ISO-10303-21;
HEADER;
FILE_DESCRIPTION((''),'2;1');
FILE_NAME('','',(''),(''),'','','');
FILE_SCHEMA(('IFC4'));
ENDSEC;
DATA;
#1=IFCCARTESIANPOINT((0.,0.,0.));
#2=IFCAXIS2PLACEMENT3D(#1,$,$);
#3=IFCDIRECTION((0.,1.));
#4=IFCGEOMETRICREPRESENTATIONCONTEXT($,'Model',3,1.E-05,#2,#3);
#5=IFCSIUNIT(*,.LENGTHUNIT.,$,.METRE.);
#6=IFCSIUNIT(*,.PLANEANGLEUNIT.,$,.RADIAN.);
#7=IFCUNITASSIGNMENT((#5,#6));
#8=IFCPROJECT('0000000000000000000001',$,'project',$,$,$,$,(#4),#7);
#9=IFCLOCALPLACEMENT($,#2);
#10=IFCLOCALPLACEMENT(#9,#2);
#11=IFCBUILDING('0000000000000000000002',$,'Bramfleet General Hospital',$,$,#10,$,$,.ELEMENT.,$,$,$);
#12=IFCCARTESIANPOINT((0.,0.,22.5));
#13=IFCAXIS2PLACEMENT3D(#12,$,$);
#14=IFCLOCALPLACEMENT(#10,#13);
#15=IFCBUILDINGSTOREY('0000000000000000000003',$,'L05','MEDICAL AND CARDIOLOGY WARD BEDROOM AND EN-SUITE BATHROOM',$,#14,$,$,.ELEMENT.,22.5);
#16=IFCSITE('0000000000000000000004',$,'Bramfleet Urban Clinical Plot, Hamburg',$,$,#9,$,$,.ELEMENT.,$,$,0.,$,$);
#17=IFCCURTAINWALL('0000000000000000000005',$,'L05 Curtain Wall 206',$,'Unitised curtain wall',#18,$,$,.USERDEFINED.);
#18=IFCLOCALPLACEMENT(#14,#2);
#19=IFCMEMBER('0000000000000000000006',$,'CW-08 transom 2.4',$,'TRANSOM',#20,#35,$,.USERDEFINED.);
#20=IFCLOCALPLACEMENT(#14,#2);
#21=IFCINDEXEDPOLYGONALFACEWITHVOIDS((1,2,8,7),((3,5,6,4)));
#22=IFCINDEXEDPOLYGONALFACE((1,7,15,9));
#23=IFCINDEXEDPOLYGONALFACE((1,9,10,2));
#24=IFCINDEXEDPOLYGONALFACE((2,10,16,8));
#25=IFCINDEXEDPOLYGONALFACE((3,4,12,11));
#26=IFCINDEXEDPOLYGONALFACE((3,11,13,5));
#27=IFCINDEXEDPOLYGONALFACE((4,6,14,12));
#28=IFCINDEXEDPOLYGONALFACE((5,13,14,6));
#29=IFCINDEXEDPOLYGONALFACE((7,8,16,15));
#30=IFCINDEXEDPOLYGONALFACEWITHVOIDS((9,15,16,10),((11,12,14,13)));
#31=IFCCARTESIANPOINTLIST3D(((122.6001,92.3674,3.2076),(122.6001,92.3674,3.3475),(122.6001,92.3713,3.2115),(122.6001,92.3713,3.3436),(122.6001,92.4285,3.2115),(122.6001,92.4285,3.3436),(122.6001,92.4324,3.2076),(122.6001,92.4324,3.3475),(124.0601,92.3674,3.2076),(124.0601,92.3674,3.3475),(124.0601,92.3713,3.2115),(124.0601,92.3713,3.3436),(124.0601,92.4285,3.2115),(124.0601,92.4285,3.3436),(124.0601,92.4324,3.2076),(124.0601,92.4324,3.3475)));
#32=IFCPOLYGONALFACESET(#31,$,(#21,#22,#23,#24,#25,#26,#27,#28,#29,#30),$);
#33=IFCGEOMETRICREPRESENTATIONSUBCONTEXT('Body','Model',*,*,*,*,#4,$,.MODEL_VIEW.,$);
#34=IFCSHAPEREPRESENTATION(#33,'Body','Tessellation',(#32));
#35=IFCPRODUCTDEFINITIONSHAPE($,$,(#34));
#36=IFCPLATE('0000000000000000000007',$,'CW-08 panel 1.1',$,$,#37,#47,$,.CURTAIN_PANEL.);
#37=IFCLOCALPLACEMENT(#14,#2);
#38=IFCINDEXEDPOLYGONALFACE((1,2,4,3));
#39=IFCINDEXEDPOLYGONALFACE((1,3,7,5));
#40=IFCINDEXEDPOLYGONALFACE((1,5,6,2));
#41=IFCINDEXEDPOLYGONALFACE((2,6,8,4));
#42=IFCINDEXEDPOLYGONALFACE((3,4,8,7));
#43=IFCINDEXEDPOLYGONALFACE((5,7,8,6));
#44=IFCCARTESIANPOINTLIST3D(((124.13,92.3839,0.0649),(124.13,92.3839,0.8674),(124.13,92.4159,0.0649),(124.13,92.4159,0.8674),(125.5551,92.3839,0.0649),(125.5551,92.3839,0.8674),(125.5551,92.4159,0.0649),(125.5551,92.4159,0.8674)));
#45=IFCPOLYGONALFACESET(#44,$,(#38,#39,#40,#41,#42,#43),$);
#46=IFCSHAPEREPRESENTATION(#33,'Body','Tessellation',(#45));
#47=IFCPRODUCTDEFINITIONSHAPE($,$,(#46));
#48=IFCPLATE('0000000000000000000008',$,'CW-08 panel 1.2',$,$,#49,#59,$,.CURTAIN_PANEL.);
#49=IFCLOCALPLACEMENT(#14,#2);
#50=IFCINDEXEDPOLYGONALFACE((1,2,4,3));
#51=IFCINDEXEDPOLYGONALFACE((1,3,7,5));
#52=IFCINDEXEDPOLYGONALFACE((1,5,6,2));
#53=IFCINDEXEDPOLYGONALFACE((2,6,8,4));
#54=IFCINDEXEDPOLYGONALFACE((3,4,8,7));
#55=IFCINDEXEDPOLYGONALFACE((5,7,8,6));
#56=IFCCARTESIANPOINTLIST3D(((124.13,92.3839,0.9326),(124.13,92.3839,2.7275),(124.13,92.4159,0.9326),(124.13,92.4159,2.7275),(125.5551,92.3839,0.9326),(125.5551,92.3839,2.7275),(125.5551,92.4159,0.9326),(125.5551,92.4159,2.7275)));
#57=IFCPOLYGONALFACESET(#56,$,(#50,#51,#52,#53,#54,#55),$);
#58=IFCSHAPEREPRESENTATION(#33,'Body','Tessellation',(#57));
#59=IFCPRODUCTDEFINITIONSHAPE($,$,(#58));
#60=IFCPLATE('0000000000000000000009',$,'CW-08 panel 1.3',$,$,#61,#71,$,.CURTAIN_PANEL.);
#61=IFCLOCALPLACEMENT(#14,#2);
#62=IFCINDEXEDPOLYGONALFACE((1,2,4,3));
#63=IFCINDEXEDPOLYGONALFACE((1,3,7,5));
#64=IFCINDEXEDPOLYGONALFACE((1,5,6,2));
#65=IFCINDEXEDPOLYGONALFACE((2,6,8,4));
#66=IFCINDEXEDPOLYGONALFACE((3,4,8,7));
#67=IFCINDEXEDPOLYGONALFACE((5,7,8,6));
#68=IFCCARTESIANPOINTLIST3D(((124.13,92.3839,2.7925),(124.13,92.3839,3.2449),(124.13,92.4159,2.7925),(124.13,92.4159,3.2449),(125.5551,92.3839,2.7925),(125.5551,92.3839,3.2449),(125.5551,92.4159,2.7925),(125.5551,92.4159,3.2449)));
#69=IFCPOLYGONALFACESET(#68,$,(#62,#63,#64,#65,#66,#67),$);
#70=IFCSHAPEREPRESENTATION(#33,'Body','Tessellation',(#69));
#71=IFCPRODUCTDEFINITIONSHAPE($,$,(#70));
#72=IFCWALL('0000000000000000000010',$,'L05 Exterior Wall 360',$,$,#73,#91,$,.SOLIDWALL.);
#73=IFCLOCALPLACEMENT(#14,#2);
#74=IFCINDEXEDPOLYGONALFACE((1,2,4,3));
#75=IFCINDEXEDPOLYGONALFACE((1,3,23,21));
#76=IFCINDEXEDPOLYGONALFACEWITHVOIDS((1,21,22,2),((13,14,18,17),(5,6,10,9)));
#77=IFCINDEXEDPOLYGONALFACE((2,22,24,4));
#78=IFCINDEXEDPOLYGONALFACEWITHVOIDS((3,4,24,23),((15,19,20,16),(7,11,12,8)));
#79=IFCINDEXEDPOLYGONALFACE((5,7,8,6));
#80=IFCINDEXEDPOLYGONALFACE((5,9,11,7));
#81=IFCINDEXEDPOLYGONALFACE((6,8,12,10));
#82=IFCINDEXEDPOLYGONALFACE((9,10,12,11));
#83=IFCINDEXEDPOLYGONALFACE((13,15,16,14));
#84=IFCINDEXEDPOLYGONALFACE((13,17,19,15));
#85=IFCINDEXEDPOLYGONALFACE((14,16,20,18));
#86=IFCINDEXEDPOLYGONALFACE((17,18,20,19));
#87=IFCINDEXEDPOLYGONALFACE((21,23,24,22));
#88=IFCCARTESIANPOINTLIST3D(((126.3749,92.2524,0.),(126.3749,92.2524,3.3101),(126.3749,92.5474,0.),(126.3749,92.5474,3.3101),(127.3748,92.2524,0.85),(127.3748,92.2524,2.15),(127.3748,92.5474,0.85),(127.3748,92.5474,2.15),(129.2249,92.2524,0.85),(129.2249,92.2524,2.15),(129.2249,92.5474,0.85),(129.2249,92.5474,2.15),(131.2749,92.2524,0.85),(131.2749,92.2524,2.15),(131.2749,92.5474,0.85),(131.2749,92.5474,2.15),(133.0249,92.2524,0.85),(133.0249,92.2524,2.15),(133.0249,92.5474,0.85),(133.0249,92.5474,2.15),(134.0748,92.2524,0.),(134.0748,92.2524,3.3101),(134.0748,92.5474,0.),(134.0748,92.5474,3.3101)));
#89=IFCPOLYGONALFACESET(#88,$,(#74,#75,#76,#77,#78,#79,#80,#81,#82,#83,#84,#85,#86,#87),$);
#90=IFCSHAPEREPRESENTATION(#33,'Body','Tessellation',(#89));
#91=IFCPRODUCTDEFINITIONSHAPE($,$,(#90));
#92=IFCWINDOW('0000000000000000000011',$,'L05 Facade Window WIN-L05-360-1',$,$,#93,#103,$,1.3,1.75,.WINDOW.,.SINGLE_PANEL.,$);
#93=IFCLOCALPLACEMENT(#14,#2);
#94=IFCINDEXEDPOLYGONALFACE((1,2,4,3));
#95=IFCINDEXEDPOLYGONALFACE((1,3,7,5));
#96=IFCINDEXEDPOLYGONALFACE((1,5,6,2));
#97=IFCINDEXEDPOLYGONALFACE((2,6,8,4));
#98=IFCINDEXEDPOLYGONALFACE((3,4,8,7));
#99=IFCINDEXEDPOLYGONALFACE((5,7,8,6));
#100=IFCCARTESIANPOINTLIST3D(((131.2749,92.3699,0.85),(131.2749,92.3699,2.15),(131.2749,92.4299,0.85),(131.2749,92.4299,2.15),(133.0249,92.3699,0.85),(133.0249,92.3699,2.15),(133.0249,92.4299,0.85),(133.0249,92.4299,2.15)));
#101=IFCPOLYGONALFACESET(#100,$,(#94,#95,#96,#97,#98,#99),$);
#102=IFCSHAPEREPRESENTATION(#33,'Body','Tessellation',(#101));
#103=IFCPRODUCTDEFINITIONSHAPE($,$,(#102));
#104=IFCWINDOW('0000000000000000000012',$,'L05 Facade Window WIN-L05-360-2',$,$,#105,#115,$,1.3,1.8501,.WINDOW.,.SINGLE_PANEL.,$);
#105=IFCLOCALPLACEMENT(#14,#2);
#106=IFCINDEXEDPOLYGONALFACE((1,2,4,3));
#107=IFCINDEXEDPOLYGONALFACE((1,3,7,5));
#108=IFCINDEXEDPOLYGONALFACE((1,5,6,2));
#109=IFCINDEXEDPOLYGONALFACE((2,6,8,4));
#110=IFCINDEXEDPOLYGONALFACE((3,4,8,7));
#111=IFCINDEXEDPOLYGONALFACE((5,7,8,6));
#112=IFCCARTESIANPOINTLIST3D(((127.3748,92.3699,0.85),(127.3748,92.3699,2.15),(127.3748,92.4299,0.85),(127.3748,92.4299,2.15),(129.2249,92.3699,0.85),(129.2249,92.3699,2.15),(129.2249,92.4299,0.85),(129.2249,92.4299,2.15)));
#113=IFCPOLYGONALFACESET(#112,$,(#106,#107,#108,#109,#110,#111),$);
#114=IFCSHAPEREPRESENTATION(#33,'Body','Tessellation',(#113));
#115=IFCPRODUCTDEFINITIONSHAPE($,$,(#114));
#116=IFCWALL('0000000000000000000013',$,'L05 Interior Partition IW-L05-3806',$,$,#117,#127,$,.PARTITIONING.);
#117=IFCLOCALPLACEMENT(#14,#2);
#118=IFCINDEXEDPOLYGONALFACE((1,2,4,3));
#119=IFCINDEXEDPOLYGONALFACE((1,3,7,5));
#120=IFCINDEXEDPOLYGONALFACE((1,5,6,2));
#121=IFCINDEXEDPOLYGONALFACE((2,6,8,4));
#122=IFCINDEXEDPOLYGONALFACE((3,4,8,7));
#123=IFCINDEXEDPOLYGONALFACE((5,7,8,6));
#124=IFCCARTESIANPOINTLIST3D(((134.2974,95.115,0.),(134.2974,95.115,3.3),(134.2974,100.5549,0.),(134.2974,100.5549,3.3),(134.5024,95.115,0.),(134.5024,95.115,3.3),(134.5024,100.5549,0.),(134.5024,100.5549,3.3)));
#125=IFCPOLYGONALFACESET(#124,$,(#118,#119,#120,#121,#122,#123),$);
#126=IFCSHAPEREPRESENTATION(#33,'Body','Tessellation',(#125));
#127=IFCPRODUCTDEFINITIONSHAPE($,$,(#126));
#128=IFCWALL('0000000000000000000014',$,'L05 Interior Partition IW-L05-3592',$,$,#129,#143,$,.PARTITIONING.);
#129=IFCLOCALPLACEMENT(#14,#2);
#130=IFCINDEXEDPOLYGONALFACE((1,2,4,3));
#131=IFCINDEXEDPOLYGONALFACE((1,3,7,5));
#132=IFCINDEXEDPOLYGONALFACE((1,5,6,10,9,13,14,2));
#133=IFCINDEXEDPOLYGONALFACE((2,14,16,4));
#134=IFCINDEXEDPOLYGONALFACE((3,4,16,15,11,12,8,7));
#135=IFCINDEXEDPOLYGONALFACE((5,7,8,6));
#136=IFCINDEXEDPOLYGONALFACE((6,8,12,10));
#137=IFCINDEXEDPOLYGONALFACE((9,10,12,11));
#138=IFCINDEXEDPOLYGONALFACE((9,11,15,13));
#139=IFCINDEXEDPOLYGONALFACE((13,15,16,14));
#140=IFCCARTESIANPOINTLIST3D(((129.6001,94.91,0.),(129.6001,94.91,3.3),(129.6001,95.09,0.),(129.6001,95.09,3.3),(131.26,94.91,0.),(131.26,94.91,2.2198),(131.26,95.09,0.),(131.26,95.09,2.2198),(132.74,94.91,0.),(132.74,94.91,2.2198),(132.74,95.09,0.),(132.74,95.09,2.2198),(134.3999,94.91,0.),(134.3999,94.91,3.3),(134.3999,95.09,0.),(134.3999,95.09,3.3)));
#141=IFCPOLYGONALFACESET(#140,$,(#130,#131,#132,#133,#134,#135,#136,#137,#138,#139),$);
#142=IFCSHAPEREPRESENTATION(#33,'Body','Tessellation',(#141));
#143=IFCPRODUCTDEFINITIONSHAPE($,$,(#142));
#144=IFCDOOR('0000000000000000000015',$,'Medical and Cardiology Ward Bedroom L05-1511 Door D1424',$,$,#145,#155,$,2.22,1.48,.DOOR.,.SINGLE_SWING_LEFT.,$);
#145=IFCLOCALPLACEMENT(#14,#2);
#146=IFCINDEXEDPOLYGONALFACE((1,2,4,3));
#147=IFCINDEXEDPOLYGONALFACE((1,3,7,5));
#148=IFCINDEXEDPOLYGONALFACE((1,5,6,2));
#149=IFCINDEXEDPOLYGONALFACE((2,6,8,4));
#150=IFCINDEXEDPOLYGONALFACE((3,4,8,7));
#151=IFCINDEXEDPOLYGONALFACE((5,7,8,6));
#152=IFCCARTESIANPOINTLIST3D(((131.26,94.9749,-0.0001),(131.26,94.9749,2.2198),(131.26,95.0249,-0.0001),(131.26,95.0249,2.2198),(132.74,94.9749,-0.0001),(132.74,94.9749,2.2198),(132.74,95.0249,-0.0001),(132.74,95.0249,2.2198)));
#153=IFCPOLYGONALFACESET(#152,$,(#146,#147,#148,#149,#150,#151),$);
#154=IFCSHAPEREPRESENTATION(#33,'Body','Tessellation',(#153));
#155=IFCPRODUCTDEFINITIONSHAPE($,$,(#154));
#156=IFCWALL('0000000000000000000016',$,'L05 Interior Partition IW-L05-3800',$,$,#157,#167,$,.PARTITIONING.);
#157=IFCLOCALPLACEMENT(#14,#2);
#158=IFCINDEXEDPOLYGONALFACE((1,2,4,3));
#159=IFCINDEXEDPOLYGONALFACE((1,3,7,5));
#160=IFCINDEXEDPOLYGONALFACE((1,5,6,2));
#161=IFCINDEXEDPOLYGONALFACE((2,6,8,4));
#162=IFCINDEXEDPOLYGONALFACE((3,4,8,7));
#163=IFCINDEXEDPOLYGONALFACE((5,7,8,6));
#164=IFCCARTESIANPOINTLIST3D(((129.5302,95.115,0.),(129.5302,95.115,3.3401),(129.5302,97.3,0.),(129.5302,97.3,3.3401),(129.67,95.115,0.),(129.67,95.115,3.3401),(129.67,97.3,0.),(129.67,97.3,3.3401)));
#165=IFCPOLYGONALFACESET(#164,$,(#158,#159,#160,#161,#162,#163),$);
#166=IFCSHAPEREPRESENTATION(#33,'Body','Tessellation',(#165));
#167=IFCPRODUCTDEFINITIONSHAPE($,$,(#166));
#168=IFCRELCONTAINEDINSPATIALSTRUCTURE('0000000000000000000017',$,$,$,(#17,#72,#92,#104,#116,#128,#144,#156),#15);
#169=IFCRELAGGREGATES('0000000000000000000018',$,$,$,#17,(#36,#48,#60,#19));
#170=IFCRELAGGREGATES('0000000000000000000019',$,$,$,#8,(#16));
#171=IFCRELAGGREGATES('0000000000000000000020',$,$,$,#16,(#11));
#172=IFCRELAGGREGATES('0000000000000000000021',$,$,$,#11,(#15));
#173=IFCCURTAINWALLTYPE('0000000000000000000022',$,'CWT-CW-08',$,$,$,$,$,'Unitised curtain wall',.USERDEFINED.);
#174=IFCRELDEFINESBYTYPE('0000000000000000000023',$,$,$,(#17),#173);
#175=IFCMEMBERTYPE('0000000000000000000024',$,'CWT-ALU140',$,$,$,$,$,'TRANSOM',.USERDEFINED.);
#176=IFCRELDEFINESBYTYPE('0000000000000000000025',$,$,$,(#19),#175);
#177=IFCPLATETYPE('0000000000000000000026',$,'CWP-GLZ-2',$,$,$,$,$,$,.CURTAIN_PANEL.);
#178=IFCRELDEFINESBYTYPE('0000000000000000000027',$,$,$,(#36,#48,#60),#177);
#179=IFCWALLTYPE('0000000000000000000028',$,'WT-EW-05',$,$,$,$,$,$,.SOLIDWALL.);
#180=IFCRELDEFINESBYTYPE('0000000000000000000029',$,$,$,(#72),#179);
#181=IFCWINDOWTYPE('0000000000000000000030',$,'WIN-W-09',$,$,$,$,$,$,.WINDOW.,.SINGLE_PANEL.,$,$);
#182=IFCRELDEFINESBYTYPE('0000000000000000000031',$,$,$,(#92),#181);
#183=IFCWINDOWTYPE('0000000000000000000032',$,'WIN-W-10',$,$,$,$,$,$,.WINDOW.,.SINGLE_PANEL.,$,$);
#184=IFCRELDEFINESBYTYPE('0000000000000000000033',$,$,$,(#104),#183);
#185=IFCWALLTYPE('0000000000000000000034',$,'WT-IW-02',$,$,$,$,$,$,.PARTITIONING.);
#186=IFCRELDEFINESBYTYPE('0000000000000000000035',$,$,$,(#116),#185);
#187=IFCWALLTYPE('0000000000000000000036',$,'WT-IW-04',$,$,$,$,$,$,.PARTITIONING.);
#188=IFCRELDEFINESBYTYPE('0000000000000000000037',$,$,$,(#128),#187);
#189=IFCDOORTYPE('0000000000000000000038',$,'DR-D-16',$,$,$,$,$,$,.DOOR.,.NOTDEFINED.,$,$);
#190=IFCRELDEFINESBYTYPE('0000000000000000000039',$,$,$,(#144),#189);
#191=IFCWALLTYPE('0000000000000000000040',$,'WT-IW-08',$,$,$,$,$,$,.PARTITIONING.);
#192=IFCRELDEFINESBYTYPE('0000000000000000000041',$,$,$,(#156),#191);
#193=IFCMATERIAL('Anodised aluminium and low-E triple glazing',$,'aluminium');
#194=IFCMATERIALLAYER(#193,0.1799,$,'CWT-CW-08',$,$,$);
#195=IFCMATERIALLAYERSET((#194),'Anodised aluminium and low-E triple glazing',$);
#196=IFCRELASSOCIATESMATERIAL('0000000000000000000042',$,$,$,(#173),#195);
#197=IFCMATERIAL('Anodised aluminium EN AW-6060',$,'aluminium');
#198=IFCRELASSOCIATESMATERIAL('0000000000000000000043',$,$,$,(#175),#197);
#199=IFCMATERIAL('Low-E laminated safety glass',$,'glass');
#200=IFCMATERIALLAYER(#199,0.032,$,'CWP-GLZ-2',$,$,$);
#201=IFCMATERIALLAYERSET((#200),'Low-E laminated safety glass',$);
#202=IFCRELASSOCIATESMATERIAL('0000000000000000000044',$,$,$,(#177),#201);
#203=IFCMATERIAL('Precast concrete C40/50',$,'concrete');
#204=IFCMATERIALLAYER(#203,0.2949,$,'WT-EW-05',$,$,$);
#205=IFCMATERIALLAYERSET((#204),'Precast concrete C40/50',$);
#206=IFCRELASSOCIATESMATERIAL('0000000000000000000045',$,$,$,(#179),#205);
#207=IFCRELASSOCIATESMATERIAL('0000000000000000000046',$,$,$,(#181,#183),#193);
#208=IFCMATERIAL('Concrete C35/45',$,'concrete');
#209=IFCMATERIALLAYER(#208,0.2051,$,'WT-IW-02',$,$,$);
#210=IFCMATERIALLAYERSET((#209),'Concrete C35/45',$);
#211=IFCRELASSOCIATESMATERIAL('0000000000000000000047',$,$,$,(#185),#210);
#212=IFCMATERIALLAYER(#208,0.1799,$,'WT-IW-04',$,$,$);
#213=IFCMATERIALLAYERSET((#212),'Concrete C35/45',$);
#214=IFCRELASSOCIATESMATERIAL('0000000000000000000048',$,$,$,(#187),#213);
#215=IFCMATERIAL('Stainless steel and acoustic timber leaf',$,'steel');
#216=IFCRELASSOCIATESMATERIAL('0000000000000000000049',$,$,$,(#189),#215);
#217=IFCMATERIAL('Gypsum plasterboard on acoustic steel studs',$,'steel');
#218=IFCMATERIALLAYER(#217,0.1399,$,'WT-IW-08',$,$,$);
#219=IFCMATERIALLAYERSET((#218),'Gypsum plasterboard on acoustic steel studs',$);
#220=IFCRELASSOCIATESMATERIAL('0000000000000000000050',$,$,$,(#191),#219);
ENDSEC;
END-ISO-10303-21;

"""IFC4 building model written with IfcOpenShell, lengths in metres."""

from ifc_helpers import new_model, si_unit, direction, frame, frame_2d, origin, origin_2d, place, context, subcontext, project, spatial, rectangle, hollow_rectangle, extrude, material, layer, layer_set, material_profile, profile_set, type_object, element, fill, aggregate, save


model = new_model("IFC4")

# Units and contexts
model_context = context("Model", 3, precision=1e-05, world=origin(), true_north=direction((0.0, 1.0)))
body_context = subcontext(model_context, "Body", "Model", "MODEL_VIEW")
ifc_project = project(units=[si_unit("LENGTHUNIT", "METRE"), si_unit("PLANEANGLEUNIT", "RADIAN")], contexts=[model_context])

# Site, building, storey
site_placement = place(None, origin())
site = spatial("IfcSite", under=ifc_project, at=site_placement, Name="Bramfleet Urban Clinical Plot, Hamburg", CompositionType="ELEMENT", RefElevation=0.0)
building_placement = place(site_placement, origin())
building = spatial("IfcBuilding", under=site, at=building_placement, Name="Bramfleet General Hospital", CompositionType="ELEMENT")
storey_placement = place(building_placement, frame((0.0, 0.0, 22.5)))
storey = spatial("IfcBuildingStorey", under=building, at=storey_placement, Name="L05", Description="MEDICAL AND CARDIOLOGY WARD BEDROOM AND EN-SUITE BATHROOM", CompositionType="ELEMENT", Elevation=22.5)

# Curtain wall, member, plates
ifc_material_1 = material(Name="Anodised aluminium and low-E triple glazing", Category="aluminium")
ifc_layer_1 = layer(ifc_material_1, 0.1799, Name="CWT-CW-08")
ifc_layer_set_1 = layer_set([ifc_layer_1], Name="Anodised aluminium and low-E triple glazing")
curtain_wall_type = type_object("IfcCurtainWallType", Name="CWT-CW-08", ElementType="Unitised curtain wall", PredefinedType="USERDEFINED", material=ifc_layer_set_1)
curtain_wall_placement = place(storey_placement, origin())
curtain_wall = element("IfcCurtainWall", 1, at=curtain_wall_placement, inside=storey, type_object=curtain_wall_type, Name="L05 Curtain Wall 206", ObjectType="Unitised curtain wall", PredefinedType="USERDEFINED")
ifc_material_2 = material(Name="Anodised aluminium EN AW-6060", Category="aluminium")
ifc_material_profile_1 = material_profile(ifc_material_2, hollow_rectangle(XDim=0.0649, YDim=0.1399, WallThickness=0.0039, at=origin_2d()), Name="ALU 140x65x4.0")
ifc_profile_set_1 = profile_set([ifc_material_profile_1], Name="Anodised aluminium EN AW-6060")
member_type_1 = type_object("IfcMemberType", Name="CWT-ALU140", ElementType="TRANSOM", PredefinedType="USERDEFINED", material=ifc_profile_set_1)
member_1_placement = place(storey_placement, frame((124.0601, 92.3999, 3.2776), z_axis=(-1.0, 0.0, 0.0), x_axis=(0.0, -1.0, 0.0)))
member_1 = element("IfcMember", 2, at=member_1_placement, type_object=member_type_1, Name="CW-08 transom 2.4", ObjectType="TRANSOM", PredefinedType="USERDEFINED", context=body_context, shape_type="SweptSolid", body=[
    extrude(hollow_rectangle(XDim=0.0649, YDim=0.1399, WallThickness=0.0039, at=origin_2d()), origin(), (0.0, 0.0, 1.0), 1.46),
])
ifc_material_3 = material(Name="Low-E laminated safety glass", Category="glass")
ifc_layer_2 = layer(ifc_material_3, 0.032, Name="CWP-GLZ-2")
ifc_layer_set_2 = layer_set([ifc_layer_2], Name="Low-E laminated safety glass")
plate_type = type_object("IfcPlateType", Name="CWP-GLZ-2", PredefinedType="CURTAIN_PANEL", material=ifc_layer_set_2)
plate_1_placement = place(storey_placement, frame((124.8425, 92.3999, 0.0649), z_axis=(0.0, 0.0, 1.0), x_axis=(-1.0, 0.0, 0.0)))
plate_1 = element("IfcPlate", 3, at=plate_1_placement, type_object=plate_type, Name="CW-08 panel 1.1", PredefinedType="CURTAIN_PANEL", context=body_context, shape_type="SweptSolid", body=[
    extrude(rectangle(XDim=1.425, YDim=0.032, at=origin_2d()), origin(), (0.0, 0.0, 1.0), 0.8025),
])
plate_2_placement = place(storey_placement, frame((124.8425, 92.3999, 0.9326), z_axis=(0.0, 0.0, 1.0), x_axis=(-1.0, 0.0, 0.0)))
plate_2 = element("IfcPlate", 4, at=plate_2_placement, type_object=plate_type, Name="CW-08 panel 1.2", PredefinedType="CURTAIN_PANEL", context=body_context, shape_type="SweptSolid", body=[
    extrude(rectangle(XDim=1.425, YDim=0.032, at=origin_2d()), origin(), (0.0, 0.0, 1.0), 1.7949),
])
plate_3_placement = place(storey_placement, frame((124.8425, 92.3999, 2.7925), z_axis=(0.0, 0.0, 1.0), x_axis=(-1.0, 0.0, 0.0)))
plate_3 = element("IfcPlate", 5, at=plate_3_placement, type_object=plate_type, Name="CW-08 panel 1.3", PredefinedType="CURTAIN_PANEL", context=body_context, shape_type="SweptSolid", body=[
    extrude(rectangle(XDim=1.425, YDim=0.032, at=origin_2d()), origin(), (0.0, 0.0, 1.0), 0.4524),
])
aggregate(curtain_wall, [plate_1, plate_2, plate_3, member_1])

# Wall, openings, windows
ifc_material_4 = material(Name="Precast concrete C40/50", Category="concrete")
ifc_layer_3 = layer(ifc_material_4, 0.2949, Name="WT-EW-05")
ifc_layer_set_3 = layer_set([ifc_layer_3], Name="Precast concrete C40/50")
wall_type_1 = type_object("IfcWallType", Name="WT-EW-05", PredefinedType="SOLIDWALL", material=ifc_layer_set_3)
wall_1_placement = place(storey_placement, frame((134.075, 92.3999, 0.0), z_axis=(0.0, 0.0, 1.0), x_axis=(-1.0, 0.0, 0.0)))
wall_1 = element("IfcWall", 6, at=wall_1_placement, inside=storey, type_object=wall_type_1, Name="L05 Exterior Wall 360", PredefinedType="SOLIDWALL", context=body_context, shape_type="SweptSolid", body=[
    extrude(rectangle(XDim=7.7, YDim=0.2949, at=frame_2d((3.8501, 0.0))), origin(), (0.0, 0.0, 1.0), 3.3101),
])
opening_1_placement = place(wall_1_placement, frame((1.05, 0.0, 0.8501)))
opening_1 = element("IfcOpeningElement", 7, at=opening_1_placement, cuts=wall_1, PredefinedType="OPENING", context=body_context, shape_type="SweptSolid", body=[
    extrude(rectangle(XDim=1.75, YDim=1.3, at=frame_2d((0.875, 0.6499))), frame((0.0, 0.1575, 0.0), z_axis=(0.0, -1.0, 0.0), x_axis=(1.0, 0.0, 0.0)), (0.0, 0.0, 1.0), 0.3149),
])
opening_2_placement = place(wall_1_placement, frame((4.8501, 0.0, 0.8501)))
opening_2 = element("IfcOpeningElement", 8, at=opening_2_placement, cuts=wall_1, PredefinedType="OPENING", context=body_context, shape_type="SweptSolid", body=[
    extrude(rectangle(XDim=1.8501, YDim=1.3, at=frame_2d((0.925, 0.6499))), frame((0.0, 0.1575, 0.0), z_axis=(0.0, -1.0, 0.0), x_axis=(1.0, 0.0, 0.0)), (0.0, 0.0, 1.0), 0.3149),
])
window_type_1 = type_object("IfcWindowType", Name="WIN-W-09", PartitioningType="SINGLE_PANEL", PredefinedType="WINDOW", material=ifc_material_1)
window_1_placement = place(opening_1_placement, origin())
window_1 = element("IfcWindow", 9, at=window_1_placement, inside=storey, type_object=window_type_1, Name="L05 Facade Window WIN-L05-360-1", OverallHeight=1.3, OverallWidth=1.75, PartitioningType="SINGLE_PANEL", PredefinedType="WINDOW", context=body_context, shape_type="SweptSolid", body=[
    extrude(rectangle(XDim=1.75, YDim=1.3, at=frame_2d((0.875, 0.6499))), frame((0.0, 0.03, 0.0), z_axis=(0.0, -1.0, 0.0), x_axis=(1.0, 0.0, 0.0)), (0.0, 0.0, 1.0), 0.0601),
])
fill(opening_1, window_1)
window_type_2 = type_object("IfcWindowType", Name="WIN-W-10", PartitioningType="SINGLE_PANEL", PredefinedType="WINDOW", material=ifc_material_1)
window_2_placement = place(opening_2_placement, origin())
window_2 = element("IfcWindow", 10, at=window_2_placement, inside=storey, type_object=window_type_2, Name="L05 Facade Window WIN-L05-360-2", OverallHeight=1.3, OverallWidth=1.8501, PartitioningType="SINGLE_PANEL", PredefinedType="WINDOW", context=body_context, shape_type="SweptSolid", body=[
    extrude(rectangle(XDim=1.8501, YDim=1.3, at=frame_2d((0.925, 0.6499))), frame((0.0, 0.03, 0.0), z_axis=(0.0, -1.0, 0.0), x_axis=(1.0, 0.0, 0.0)), (0.0, 0.0, 1.0), 0.0601),
])
fill(opening_2, window_2)

# Wall
ifc_material_5 = material(Name="Concrete C35/45", Category="concrete")
ifc_layer_4 = layer(ifc_material_5, 0.2051, Name="WT-IW-02")
ifc_layer_set_4 = layer_set([ifc_layer_4], Name="Concrete C35/45")
wall_type_2 = type_object("IfcWallType", Name="WT-IW-02", PredefinedType="PARTITIONING", material=ifc_layer_set_4)
wall_2_placement = place(storey_placement, frame((134.3999, 95.115, 0.0), z_axis=(0.0, 0.0, 1.0), x_axis=(0.0, 1.0, 0.0)))
element("IfcWall", 11, at=wall_2_placement, inside=storey, type_object=wall_type_2, Name="L05 Interior Partition IW-L05-3806", PredefinedType="PARTITIONING", context=body_context, shape_type="SweptSolid", body=[
    extrude(rectangle(XDim=5.4399, YDim=0.2051, at=frame_2d((2.72, 0.0))), origin(), (0.0, 0.0, 1.0), 3.3),
])

# Wall, opening, door
ifc_layer_5 = layer(ifc_material_5, 0.1799, Name="WT-IW-04")
ifc_layer_set_5 = layer_set([ifc_layer_5], Name="Concrete C35/45")
wall_type_3 = type_object("IfcWallType", Name="WT-IW-04", PredefinedType="PARTITIONING", material=ifc_layer_set_5)
wall_3_placement = place(storey_placement, frame((129.6001, 95.0, 0.0), z_axis=(0.0, 0.0, 1.0), x_axis=(1.0, 0.0, 0.0)))
wall_3 = element("IfcWall", 12, at=wall_3_placement, inside=storey, type_object=wall_type_3, Name="L05 Interior Partition IW-L05-3592", PredefinedType="PARTITIONING", context=body_context, shape_type="SweptSolid", body=[
    extrude(rectangle(XDim=4.7998, YDim=0.1799, at=frame_2d((2.3999, 0.0))), origin(), (0.0, 0.0, 1.0), 3.3),
])
opening_3_placement = place(wall_3_placement, frame((1.6599, 0.0, 0.0)))
opening_3 = element("IfcOpeningElement", 13, at=opening_3_placement, cuts=wall_3, PredefinedType="OPENING", context=body_context, shape_type="SweptSolid", body=[
    extrude(rectangle(XDim=1.48, YDim=2.22, at=frame_2d((0.74, 1.1099))), frame((0.0, 0.0999, 0.0), z_axis=(0.0, -1.0, 0.0), x_axis=(1.0, 0.0, 0.0)), (0.0, 0.0, 1.0), 0.2),
])
ifc_material_6 = material(Name="Stainless steel and acoustic timber leaf", Category="steel")
door_type = type_object("IfcDoorType", Name="DR-D-16", OperationType="NOTDEFINED", PredefinedType="DOOR", material=ifc_material_6)
door_placement = place(opening_3_placement, origin())
door = element("IfcDoor", 14, at=door_placement, inside=storey, type_object=door_type, Name="Medical and Cardiology Ward Bedroom L05-1511 Door D1424", OperationType="SINGLE_SWING_LEFT", OverallHeight=2.22, OverallWidth=1.48, PredefinedType="DOOR", context=body_context, shape_type="SweptSolid", body=[
    extrude(rectangle(XDim=1.48, YDim=2.22, at=frame_2d((0.74, 1.1099))), frame((0.0, 0.0249, 0.0), z_axis=(0.0, -1.0, 0.0), x_axis=(1.0, 0.0, 0.0)), (0.0, 0.0, 1.0), 0.05),
])
fill(opening_3, door)

# Wall
ifc_material_7 = material(Name="Gypsum plasterboard on acoustic steel studs", Category="steel")
ifc_layer_6 = layer(ifc_material_7, 0.1399, Name="WT-IW-08")
ifc_layer_set_6 = layer_set([ifc_layer_6], Name="Gypsum plasterboard on acoustic steel studs")
wall_type_4 = type_object("IfcWallType", Name="WT-IW-08", PredefinedType="PARTITIONING", material=ifc_layer_set_6)
wall_4_placement = place(storey_placement, frame((129.6001, 95.115, 0.0), z_axis=(0.0, 0.0, 1.0), x_axis=(0.0, 1.0, 0.0)))
element("IfcWall", 15, at=wall_4_placement, inside=storey, type_object=wall_type_4, Name="L05 Interior Partition IW-L05-3800", PredefinedType="PARTITIONING", context=body_context, shape_type="SweptSolid", body=[
    extrude(rectangle(XDim=2.1851, YDim=0.1399, at=frame_2d((1.0925, 0.0))), origin(), (0.0, 0.0, 1.0), 3.3401),
])

save(model, "model.ifc")
